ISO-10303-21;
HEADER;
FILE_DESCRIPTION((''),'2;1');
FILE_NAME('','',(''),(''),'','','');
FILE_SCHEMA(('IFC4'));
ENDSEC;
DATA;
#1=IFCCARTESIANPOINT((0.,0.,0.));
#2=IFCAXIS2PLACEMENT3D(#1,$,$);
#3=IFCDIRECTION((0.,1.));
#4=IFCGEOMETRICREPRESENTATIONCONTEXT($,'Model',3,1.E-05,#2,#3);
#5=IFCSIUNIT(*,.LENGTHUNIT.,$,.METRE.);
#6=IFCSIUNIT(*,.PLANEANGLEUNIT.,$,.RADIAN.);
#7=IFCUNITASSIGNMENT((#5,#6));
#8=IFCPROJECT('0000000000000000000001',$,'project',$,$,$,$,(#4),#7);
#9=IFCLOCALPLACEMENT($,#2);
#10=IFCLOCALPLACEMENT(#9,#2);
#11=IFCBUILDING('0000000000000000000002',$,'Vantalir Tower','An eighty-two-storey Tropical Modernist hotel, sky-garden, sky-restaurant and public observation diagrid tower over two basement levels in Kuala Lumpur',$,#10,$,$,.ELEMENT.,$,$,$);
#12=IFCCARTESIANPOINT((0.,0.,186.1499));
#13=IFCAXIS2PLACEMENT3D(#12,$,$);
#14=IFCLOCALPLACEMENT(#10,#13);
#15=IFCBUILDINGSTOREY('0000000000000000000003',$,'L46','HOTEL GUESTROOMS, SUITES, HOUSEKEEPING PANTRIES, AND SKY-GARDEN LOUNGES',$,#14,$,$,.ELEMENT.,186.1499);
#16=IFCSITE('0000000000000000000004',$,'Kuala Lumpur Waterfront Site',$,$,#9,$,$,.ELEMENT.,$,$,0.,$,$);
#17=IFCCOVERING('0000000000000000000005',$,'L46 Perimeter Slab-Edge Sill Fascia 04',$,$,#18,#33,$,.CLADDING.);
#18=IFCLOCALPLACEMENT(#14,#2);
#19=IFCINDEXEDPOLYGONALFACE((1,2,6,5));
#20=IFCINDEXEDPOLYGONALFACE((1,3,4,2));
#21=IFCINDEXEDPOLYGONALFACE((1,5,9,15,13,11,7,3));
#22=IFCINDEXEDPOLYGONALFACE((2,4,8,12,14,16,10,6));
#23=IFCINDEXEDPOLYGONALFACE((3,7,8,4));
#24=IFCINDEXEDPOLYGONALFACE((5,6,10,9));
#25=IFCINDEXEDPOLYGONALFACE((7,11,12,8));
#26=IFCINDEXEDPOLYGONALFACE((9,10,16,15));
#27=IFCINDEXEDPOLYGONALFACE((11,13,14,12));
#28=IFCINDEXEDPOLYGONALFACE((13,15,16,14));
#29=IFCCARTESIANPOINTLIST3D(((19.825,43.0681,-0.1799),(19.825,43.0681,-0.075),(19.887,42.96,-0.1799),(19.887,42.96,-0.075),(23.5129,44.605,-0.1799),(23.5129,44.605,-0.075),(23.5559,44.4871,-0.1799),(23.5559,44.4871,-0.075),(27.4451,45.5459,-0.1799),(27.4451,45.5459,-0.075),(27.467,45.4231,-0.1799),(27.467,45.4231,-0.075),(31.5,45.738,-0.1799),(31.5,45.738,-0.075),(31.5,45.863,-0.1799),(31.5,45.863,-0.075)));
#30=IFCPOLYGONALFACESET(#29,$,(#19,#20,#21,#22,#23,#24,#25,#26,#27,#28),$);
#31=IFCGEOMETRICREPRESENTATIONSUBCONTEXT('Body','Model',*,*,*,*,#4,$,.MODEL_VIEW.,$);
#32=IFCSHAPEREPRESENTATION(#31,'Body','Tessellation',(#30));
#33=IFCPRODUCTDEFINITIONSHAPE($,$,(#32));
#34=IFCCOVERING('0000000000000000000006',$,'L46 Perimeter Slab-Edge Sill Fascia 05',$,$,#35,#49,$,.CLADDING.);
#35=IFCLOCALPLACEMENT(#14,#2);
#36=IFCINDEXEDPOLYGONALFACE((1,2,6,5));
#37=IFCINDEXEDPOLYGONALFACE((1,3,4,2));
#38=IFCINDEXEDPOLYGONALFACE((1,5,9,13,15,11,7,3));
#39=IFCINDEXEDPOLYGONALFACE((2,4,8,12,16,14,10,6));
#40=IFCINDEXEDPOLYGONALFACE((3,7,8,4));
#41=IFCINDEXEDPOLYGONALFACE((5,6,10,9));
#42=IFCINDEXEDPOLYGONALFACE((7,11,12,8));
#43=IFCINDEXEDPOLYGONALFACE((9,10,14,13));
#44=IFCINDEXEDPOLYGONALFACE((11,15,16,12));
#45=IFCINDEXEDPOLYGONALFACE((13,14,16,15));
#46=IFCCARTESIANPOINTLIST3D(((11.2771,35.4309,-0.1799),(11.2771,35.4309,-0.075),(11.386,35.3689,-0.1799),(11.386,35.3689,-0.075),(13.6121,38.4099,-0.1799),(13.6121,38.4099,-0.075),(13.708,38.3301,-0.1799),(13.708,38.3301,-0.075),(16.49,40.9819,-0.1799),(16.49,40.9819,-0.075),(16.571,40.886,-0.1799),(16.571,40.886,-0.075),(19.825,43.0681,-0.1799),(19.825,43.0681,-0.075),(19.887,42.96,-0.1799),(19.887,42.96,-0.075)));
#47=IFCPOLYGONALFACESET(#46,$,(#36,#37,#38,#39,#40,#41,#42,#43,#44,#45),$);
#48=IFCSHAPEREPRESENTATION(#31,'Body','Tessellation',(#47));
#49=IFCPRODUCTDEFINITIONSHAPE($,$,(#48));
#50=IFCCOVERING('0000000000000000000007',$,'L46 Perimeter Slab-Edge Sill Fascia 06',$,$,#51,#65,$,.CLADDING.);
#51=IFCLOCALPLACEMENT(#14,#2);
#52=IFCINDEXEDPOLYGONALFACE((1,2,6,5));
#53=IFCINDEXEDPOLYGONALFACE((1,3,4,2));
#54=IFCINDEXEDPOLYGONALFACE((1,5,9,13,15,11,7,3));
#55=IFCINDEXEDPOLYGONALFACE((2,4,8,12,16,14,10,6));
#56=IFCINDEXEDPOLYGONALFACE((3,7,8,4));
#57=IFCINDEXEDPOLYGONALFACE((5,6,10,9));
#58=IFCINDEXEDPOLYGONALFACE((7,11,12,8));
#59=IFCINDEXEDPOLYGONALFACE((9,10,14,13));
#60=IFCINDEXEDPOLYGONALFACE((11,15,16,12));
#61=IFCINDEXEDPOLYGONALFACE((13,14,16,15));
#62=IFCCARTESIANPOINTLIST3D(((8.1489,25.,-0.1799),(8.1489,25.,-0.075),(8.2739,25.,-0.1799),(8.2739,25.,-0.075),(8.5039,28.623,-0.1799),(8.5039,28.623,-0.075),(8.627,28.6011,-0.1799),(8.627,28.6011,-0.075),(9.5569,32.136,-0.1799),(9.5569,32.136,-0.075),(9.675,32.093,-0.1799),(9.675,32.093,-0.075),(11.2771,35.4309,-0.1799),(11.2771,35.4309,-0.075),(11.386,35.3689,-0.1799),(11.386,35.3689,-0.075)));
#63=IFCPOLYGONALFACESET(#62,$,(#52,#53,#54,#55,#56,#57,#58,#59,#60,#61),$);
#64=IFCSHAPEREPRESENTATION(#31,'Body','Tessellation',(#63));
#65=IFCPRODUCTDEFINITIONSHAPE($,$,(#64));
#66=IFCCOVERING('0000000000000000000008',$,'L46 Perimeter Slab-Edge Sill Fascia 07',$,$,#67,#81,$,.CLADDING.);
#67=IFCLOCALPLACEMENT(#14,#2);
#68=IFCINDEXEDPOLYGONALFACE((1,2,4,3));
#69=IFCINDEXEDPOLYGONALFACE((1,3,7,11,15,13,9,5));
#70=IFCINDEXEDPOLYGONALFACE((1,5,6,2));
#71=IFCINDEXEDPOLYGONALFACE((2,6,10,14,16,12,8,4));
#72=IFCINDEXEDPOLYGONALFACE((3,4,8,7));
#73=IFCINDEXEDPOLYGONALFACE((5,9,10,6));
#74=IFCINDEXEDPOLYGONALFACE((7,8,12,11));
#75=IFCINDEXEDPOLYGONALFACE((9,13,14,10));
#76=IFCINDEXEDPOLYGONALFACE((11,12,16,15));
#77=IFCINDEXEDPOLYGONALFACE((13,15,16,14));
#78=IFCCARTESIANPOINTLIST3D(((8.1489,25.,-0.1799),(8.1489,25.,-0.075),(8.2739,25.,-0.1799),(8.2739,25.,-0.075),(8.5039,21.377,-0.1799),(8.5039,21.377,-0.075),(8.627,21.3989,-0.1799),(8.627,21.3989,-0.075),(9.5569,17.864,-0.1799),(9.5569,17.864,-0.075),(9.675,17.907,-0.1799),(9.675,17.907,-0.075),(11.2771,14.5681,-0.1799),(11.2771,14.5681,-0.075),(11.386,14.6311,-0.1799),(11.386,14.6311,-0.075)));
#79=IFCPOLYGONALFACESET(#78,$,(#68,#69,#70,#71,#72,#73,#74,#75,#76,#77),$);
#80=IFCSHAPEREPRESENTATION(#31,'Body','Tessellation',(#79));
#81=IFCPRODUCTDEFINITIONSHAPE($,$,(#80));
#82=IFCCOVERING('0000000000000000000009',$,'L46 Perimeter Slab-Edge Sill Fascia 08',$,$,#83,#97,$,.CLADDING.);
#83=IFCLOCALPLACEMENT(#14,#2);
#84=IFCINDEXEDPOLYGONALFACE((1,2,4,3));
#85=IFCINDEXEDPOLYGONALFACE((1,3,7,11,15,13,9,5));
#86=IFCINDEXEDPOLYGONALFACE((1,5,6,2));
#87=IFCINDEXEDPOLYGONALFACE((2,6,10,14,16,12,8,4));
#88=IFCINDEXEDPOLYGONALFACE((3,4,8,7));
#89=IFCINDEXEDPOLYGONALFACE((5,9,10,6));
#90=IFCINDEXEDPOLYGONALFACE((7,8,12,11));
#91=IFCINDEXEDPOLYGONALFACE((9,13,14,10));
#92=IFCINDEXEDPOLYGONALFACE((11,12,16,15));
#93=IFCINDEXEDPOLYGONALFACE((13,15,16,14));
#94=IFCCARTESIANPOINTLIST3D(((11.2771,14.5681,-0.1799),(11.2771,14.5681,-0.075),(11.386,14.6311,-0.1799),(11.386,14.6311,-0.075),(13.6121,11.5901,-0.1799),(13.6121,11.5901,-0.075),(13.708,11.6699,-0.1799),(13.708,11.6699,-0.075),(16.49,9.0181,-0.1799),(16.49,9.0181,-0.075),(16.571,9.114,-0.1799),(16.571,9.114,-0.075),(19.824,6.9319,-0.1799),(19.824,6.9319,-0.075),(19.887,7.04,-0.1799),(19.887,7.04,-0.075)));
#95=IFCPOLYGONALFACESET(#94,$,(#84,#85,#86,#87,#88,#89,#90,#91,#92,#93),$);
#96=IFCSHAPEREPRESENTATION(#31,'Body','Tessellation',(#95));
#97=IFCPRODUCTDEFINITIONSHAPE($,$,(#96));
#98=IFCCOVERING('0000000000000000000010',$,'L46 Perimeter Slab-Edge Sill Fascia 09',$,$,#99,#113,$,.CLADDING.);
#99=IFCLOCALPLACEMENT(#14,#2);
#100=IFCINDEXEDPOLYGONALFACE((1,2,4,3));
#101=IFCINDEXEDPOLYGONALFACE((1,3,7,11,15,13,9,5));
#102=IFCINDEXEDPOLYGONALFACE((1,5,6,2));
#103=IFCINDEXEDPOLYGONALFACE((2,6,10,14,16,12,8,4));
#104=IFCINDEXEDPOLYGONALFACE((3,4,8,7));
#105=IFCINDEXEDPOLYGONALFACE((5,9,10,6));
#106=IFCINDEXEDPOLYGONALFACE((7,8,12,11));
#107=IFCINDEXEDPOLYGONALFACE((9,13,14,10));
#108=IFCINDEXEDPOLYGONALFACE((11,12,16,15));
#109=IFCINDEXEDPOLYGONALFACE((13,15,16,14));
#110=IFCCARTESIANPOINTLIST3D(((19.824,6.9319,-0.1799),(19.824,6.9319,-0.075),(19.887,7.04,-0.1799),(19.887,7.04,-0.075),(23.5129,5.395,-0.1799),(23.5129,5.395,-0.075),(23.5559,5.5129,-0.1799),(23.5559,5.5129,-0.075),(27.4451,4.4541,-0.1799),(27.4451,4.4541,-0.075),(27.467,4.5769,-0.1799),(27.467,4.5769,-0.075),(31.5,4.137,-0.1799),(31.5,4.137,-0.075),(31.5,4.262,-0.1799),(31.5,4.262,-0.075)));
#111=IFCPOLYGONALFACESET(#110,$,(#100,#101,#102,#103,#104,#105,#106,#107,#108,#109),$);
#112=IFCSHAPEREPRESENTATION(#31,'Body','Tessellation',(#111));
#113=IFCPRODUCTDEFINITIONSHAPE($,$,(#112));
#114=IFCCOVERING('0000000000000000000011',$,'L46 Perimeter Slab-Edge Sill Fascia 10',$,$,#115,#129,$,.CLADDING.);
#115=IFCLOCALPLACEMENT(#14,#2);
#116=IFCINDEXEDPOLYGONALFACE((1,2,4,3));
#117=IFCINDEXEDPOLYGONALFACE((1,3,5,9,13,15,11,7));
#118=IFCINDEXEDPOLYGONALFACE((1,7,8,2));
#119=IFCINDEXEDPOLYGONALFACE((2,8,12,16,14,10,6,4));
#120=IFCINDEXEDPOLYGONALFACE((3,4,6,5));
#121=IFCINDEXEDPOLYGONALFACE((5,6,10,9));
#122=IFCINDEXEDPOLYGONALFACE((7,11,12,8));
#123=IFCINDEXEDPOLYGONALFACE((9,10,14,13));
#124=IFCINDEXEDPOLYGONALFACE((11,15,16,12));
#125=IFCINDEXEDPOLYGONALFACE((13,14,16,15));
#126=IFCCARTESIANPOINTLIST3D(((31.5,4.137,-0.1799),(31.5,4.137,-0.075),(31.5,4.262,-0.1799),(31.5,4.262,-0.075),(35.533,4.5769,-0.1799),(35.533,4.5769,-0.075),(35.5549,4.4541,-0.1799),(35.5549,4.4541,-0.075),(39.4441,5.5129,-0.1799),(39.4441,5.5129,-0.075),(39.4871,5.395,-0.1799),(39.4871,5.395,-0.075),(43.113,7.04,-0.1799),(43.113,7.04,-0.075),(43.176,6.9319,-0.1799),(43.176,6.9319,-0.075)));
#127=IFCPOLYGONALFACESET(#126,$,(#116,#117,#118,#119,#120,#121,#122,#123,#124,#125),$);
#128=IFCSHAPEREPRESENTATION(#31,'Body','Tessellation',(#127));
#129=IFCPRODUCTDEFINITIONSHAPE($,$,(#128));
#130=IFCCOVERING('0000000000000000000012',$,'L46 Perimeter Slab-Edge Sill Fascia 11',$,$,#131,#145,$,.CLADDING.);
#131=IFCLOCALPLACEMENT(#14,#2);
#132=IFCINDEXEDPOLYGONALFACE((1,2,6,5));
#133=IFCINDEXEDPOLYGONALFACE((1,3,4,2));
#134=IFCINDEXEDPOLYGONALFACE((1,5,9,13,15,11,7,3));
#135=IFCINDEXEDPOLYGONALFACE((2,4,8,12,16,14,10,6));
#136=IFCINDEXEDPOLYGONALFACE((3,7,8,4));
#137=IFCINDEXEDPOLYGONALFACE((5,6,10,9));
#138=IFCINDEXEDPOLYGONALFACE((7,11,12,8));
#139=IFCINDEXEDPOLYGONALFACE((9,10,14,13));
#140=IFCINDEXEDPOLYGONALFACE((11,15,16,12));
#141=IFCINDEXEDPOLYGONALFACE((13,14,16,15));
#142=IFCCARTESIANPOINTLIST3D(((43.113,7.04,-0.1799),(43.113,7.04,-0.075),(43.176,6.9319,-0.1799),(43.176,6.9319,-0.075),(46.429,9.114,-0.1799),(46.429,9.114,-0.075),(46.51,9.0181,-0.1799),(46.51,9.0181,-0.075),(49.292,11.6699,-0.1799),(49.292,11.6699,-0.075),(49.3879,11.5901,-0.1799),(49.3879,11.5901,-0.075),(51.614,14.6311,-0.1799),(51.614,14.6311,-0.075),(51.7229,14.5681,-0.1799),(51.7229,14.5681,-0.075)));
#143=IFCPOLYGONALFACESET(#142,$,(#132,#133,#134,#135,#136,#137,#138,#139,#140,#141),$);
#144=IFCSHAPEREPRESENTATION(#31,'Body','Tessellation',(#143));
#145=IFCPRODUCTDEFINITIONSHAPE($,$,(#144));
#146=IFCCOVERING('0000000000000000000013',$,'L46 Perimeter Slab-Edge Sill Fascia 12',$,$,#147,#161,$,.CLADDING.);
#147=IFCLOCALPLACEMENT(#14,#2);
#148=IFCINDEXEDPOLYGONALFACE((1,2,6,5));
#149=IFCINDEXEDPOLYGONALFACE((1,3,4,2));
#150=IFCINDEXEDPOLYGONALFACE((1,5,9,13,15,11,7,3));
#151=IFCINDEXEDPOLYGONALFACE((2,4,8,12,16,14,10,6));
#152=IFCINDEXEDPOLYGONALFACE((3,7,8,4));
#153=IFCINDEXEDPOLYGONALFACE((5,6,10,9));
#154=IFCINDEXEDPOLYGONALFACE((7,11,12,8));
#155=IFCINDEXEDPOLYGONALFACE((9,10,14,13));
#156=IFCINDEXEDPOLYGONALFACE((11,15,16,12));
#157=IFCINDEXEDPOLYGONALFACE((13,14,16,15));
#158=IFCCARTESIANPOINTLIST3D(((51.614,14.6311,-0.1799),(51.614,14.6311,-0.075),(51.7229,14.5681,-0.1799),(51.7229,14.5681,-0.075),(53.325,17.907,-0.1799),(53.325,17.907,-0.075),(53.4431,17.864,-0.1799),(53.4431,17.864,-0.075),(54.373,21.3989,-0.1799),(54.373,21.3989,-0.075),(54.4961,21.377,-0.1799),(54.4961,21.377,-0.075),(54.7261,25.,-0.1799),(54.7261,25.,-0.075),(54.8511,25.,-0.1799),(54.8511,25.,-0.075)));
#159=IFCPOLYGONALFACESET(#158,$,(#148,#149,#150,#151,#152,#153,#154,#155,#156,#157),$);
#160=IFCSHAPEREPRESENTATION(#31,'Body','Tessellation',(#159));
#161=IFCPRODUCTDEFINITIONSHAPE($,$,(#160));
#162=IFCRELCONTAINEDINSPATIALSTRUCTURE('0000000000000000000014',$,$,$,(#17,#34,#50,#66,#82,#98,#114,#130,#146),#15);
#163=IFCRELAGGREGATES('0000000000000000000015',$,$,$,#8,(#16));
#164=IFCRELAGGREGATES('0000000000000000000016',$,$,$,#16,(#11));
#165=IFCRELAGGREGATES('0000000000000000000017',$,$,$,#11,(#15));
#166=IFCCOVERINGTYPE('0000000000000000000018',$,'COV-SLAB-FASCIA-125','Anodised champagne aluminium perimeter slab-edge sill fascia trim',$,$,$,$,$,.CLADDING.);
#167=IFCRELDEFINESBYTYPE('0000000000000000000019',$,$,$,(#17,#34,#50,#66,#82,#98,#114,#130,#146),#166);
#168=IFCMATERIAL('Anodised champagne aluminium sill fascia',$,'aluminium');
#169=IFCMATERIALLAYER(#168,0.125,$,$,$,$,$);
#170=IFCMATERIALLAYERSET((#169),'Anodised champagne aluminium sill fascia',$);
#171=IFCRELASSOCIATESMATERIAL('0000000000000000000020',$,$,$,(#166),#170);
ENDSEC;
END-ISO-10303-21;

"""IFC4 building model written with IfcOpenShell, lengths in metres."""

from ifc_helpers import new_model, si_unit, direction, frame, origin, place, context, subcontext, project, spatial, polyline, outline, extrude, material, layer, layer_set, type_object, element, save


model = new_model("IFC4")

# Units and contexts
model_context = context("Model", 3, precision=1e-05, world=origin(), true_north=direction((0.0, 1.0)))
body_context = subcontext(model_context, "Body", "Model", "MODEL_VIEW")
ifc_project = project(units=[si_unit("LENGTHUNIT", "METRE"), si_unit("PLANEANGLEUNIT", "RADIAN")], contexts=[model_context])

# Site, building, storey
site_placement = place(None, origin())
site = spatial("IfcSite", under=ifc_project, at=site_placement, Name="Kuala Lumpur Waterfront Site", CompositionType="ELEMENT", RefElevation=0.0)
building_placement = place(site_placement, origin())
building = spatial("IfcBuilding", under=site, at=building_placement, Name="Vantalir Tower", Description="An eighty-two-storey Tropical Modernist hotel, sky-garden, sky-restaurant and public observation diagrid tower over two basement levels in Kuala Lumpur", CompositionType="ELEMENT")
storey_placement = place(building_placement, frame((0.0, 0.0, 186.1499)))
storey = spatial("IfcBuildingStorey", under=building, at=storey_placement, Name="L46", Description="HOTEL GUESTROOMS, SUITES, HOUSEKEEPING PANTRIES, AND SKY-GARDEN LOUNGES", CompositionType="ELEMENT", Elevation=186.1499)

# Coverings
ifc_material_1 = material(Name="Anodised champagne aluminium sill fascia", Category="aluminium")
ifc_layer_1 = layer(ifc_material_1, 0.125)
ifc_layer_set_1 = layer_set([ifc_layer_1], Name="Anodised champagne aluminium sill fascia")
covering_type = type_object("IfcCoveringType", Name="COV-SLAB-FASCIA-125", Description="Anodised champagne aluminium perimeter slab-edge sill fascia trim", PredefinedType="CLADDING", material=ifc_layer_set_1)
covering_1_placement = place(storey_placement, frame((0.0, 0.0, -0.1799)))
element("IfcCovering", 1, at=covering_1_placement, inside=storey, type_object=covering_type, Name="L46 Perimeter Slab-Edge Sill Fascia 04", PredefinedType="CLADDING", context=body_context, shape_type="SweptSolid", body=[
    extrude(outline(polyline([(31.5, 45.863), (27.4451, 45.5459), (23.5129, 44.605), (19.825, 43.0681), (19.887, 42.96), (23.5559, 44.4871), (27.467, 45.4231), (31.5, 45.738), (31.5, 45.863)])), origin(), (0.0, 0.0, 1.0), 0.105),
])
covering_2_placement = place(storey_placement, frame((0.0, 0.0, -0.1799)))
element("IfcCovering", 2, at=covering_2_placement, inside=storey, type_object=covering_type, Name="L46 Perimeter Slab-Edge Sill Fascia 05", PredefinedType="CLADDING", context=body_context, shape_type="SweptSolid", body=[
    extrude(outline(polyline([(19.825, 43.0681), (16.49, 40.9819), (13.6121, 38.4099), (11.2771, 35.4309), (11.386, 35.3689), (13.708, 38.3301), (16.571, 40.886), (19.887, 42.96), (19.825, 43.0681)])), origin(), (0.0, 0.0, 1.0), 0.105),
])
covering_3_placement = place(storey_placement, frame((0.0, 0.0, -0.1799)))
element("IfcCovering", 3, at=covering_3_placement, inside=storey, type_object=covering_type, Name="L46 Perimeter Slab-Edge Sill Fascia 06", PredefinedType="CLADDING", context=body_context, shape_type="SweptSolid", body=[
    extrude(outline(polyline([(11.2771, 35.4309), (9.5569, 32.136), (8.5039, 28.623), (8.1489, 25.0), (8.2739, 25.0), (8.627, 28.6011), (9.675, 32.093), (11.386, 35.3689), (11.2771, 35.4309)])), origin(), (0.0, 0.0, 1.0), 0.105),
])
covering_4_placement = place(storey_placement, frame((0.0, 0.0, -0.1799)))
element("IfcCovering", 4, at=covering_4_placement, inside=storey, type_object=covering_type, Name="L46 Perimeter Slab-Edge Sill Fascia 07", PredefinedType="CLADDING", context=body_context, shape_type="SweptSolid", body=[
    extrude(outline(polyline([(8.1489, 25.0), (8.5039, 21.377), (9.5569, 17.864), (11.2771, 14.5681), (11.386, 14.6311), (9.675, 17.907), (8.627, 21.3989), (8.2739, 25.0), (8.1489, 25.0)])), origin(), (0.0, 0.0, 1.0), 0.105),
])
covering_5_placement = place(storey_placement, frame((0.0, 0.0, -0.1799)))
element("IfcCovering", 5, at=covering_5_placement, inside=storey, type_object=covering_type, Name="L46 Perimeter Slab-Edge Sill Fascia 08", PredefinedType="CLADDING", context=body_context, shape_type="SweptSolid", body=[
    extrude(outline(polyline([(11.2771, 14.5681), (13.6121, 11.5901), (16.49, 9.0181), (19.824, 6.9319), (19.887, 7.04), (16.571, 9.114), (13.708, 11.6699), (11.386, 14.6311), (11.2771, 14.5681)])), origin(), (0.0, 0.0, 1.0), 0.105),
])
covering_6_placement = place(storey_placement, frame((0.0, 0.0, -0.1799)))
element("IfcCovering", 6, at=covering_6_placement, inside=storey, type_object=covering_type, Name="L46 Perimeter Slab-Edge Sill Fascia 09", PredefinedType="CLADDING", context=body_context, shape_type="SweptSolid", body=[
    extrude(outline(polyline([(19.824, 6.9319), (23.5129, 5.395), (27.4451, 4.4541), (31.5, 4.137), (31.5, 4.262), (27.467, 4.5769), (23.5559, 5.5129), (19.887, 7.04), (19.824, 6.9319)])), origin(), (0.0, 0.0, 1.0), 0.105),
])
covering_7_placement = place(storey_placement, frame((0.0, 0.0, -0.1799)))
element("IfcCovering", 7, at=covering_7_placement, inside=storey, type_object=covering_type, Name="L46 Perimeter Slab-Edge Sill Fascia 10", PredefinedType="CLADDING", context=body_context, shape_type="SweptSolid", body=[
    extrude(outline(polyline([(31.5, 4.137), (35.5549, 4.4541), (39.4871, 5.395), (43.176, 6.9319), (43.113, 7.04), (39.4441, 5.5129), (35.533, 4.5769), (31.5, 4.262), (31.5, 4.137)])), origin(), (0.0, 0.0, 1.0), 0.105),
])
covering_8_placement = place(storey_placement, frame((0.0, 0.0, -0.1799)))
element("IfcCovering", 8, at=covering_8_placement, inside=storey, type_object=covering_type, Name="L46 Perimeter Slab-Edge Sill Fascia 11", PredefinedType="CLADDING", context=body_context, shape_type="SweptSolid", body=[
    extrude(outline(polyline([(43.176, 6.9319), (46.51, 9.0181), (49.3879, 11.5901), (51.7229, 14.5681), (51.614, 14.6311), (49.292, 11.6699), (46.429, 9.114), (43.113, 7.04), (43.176, 6.9319)])), origin(), (0.0, 0.0, 1.0), 0.105),
])
covering_9_placement = place(storey_placement, frame((0.0, 0.0, -0.1799)))
element("IfcCovering", 9, at=covering_9_placement, inside=storey, type_object=covering_type, Name="L46 Perimeter Slab-Edge Sill Fascia 12", PredefinedType="CLADDING", context=body_context, shape_type="SweptSolid", body=[
    extrude(outline(polyline([(51.7229, 14.5681), (53.4431, 17.864), (54.4961, 21.377), (54.8511, 25.0), (54.7261, 25.0), (54.373, 21.3989), (53.325, 17.907), (51.614, 14.6311), (51.7229, 14.5681)])), origin(), (0.0, 0.0, 1.0), 0.105),
])

save(model, "model.ifc")
